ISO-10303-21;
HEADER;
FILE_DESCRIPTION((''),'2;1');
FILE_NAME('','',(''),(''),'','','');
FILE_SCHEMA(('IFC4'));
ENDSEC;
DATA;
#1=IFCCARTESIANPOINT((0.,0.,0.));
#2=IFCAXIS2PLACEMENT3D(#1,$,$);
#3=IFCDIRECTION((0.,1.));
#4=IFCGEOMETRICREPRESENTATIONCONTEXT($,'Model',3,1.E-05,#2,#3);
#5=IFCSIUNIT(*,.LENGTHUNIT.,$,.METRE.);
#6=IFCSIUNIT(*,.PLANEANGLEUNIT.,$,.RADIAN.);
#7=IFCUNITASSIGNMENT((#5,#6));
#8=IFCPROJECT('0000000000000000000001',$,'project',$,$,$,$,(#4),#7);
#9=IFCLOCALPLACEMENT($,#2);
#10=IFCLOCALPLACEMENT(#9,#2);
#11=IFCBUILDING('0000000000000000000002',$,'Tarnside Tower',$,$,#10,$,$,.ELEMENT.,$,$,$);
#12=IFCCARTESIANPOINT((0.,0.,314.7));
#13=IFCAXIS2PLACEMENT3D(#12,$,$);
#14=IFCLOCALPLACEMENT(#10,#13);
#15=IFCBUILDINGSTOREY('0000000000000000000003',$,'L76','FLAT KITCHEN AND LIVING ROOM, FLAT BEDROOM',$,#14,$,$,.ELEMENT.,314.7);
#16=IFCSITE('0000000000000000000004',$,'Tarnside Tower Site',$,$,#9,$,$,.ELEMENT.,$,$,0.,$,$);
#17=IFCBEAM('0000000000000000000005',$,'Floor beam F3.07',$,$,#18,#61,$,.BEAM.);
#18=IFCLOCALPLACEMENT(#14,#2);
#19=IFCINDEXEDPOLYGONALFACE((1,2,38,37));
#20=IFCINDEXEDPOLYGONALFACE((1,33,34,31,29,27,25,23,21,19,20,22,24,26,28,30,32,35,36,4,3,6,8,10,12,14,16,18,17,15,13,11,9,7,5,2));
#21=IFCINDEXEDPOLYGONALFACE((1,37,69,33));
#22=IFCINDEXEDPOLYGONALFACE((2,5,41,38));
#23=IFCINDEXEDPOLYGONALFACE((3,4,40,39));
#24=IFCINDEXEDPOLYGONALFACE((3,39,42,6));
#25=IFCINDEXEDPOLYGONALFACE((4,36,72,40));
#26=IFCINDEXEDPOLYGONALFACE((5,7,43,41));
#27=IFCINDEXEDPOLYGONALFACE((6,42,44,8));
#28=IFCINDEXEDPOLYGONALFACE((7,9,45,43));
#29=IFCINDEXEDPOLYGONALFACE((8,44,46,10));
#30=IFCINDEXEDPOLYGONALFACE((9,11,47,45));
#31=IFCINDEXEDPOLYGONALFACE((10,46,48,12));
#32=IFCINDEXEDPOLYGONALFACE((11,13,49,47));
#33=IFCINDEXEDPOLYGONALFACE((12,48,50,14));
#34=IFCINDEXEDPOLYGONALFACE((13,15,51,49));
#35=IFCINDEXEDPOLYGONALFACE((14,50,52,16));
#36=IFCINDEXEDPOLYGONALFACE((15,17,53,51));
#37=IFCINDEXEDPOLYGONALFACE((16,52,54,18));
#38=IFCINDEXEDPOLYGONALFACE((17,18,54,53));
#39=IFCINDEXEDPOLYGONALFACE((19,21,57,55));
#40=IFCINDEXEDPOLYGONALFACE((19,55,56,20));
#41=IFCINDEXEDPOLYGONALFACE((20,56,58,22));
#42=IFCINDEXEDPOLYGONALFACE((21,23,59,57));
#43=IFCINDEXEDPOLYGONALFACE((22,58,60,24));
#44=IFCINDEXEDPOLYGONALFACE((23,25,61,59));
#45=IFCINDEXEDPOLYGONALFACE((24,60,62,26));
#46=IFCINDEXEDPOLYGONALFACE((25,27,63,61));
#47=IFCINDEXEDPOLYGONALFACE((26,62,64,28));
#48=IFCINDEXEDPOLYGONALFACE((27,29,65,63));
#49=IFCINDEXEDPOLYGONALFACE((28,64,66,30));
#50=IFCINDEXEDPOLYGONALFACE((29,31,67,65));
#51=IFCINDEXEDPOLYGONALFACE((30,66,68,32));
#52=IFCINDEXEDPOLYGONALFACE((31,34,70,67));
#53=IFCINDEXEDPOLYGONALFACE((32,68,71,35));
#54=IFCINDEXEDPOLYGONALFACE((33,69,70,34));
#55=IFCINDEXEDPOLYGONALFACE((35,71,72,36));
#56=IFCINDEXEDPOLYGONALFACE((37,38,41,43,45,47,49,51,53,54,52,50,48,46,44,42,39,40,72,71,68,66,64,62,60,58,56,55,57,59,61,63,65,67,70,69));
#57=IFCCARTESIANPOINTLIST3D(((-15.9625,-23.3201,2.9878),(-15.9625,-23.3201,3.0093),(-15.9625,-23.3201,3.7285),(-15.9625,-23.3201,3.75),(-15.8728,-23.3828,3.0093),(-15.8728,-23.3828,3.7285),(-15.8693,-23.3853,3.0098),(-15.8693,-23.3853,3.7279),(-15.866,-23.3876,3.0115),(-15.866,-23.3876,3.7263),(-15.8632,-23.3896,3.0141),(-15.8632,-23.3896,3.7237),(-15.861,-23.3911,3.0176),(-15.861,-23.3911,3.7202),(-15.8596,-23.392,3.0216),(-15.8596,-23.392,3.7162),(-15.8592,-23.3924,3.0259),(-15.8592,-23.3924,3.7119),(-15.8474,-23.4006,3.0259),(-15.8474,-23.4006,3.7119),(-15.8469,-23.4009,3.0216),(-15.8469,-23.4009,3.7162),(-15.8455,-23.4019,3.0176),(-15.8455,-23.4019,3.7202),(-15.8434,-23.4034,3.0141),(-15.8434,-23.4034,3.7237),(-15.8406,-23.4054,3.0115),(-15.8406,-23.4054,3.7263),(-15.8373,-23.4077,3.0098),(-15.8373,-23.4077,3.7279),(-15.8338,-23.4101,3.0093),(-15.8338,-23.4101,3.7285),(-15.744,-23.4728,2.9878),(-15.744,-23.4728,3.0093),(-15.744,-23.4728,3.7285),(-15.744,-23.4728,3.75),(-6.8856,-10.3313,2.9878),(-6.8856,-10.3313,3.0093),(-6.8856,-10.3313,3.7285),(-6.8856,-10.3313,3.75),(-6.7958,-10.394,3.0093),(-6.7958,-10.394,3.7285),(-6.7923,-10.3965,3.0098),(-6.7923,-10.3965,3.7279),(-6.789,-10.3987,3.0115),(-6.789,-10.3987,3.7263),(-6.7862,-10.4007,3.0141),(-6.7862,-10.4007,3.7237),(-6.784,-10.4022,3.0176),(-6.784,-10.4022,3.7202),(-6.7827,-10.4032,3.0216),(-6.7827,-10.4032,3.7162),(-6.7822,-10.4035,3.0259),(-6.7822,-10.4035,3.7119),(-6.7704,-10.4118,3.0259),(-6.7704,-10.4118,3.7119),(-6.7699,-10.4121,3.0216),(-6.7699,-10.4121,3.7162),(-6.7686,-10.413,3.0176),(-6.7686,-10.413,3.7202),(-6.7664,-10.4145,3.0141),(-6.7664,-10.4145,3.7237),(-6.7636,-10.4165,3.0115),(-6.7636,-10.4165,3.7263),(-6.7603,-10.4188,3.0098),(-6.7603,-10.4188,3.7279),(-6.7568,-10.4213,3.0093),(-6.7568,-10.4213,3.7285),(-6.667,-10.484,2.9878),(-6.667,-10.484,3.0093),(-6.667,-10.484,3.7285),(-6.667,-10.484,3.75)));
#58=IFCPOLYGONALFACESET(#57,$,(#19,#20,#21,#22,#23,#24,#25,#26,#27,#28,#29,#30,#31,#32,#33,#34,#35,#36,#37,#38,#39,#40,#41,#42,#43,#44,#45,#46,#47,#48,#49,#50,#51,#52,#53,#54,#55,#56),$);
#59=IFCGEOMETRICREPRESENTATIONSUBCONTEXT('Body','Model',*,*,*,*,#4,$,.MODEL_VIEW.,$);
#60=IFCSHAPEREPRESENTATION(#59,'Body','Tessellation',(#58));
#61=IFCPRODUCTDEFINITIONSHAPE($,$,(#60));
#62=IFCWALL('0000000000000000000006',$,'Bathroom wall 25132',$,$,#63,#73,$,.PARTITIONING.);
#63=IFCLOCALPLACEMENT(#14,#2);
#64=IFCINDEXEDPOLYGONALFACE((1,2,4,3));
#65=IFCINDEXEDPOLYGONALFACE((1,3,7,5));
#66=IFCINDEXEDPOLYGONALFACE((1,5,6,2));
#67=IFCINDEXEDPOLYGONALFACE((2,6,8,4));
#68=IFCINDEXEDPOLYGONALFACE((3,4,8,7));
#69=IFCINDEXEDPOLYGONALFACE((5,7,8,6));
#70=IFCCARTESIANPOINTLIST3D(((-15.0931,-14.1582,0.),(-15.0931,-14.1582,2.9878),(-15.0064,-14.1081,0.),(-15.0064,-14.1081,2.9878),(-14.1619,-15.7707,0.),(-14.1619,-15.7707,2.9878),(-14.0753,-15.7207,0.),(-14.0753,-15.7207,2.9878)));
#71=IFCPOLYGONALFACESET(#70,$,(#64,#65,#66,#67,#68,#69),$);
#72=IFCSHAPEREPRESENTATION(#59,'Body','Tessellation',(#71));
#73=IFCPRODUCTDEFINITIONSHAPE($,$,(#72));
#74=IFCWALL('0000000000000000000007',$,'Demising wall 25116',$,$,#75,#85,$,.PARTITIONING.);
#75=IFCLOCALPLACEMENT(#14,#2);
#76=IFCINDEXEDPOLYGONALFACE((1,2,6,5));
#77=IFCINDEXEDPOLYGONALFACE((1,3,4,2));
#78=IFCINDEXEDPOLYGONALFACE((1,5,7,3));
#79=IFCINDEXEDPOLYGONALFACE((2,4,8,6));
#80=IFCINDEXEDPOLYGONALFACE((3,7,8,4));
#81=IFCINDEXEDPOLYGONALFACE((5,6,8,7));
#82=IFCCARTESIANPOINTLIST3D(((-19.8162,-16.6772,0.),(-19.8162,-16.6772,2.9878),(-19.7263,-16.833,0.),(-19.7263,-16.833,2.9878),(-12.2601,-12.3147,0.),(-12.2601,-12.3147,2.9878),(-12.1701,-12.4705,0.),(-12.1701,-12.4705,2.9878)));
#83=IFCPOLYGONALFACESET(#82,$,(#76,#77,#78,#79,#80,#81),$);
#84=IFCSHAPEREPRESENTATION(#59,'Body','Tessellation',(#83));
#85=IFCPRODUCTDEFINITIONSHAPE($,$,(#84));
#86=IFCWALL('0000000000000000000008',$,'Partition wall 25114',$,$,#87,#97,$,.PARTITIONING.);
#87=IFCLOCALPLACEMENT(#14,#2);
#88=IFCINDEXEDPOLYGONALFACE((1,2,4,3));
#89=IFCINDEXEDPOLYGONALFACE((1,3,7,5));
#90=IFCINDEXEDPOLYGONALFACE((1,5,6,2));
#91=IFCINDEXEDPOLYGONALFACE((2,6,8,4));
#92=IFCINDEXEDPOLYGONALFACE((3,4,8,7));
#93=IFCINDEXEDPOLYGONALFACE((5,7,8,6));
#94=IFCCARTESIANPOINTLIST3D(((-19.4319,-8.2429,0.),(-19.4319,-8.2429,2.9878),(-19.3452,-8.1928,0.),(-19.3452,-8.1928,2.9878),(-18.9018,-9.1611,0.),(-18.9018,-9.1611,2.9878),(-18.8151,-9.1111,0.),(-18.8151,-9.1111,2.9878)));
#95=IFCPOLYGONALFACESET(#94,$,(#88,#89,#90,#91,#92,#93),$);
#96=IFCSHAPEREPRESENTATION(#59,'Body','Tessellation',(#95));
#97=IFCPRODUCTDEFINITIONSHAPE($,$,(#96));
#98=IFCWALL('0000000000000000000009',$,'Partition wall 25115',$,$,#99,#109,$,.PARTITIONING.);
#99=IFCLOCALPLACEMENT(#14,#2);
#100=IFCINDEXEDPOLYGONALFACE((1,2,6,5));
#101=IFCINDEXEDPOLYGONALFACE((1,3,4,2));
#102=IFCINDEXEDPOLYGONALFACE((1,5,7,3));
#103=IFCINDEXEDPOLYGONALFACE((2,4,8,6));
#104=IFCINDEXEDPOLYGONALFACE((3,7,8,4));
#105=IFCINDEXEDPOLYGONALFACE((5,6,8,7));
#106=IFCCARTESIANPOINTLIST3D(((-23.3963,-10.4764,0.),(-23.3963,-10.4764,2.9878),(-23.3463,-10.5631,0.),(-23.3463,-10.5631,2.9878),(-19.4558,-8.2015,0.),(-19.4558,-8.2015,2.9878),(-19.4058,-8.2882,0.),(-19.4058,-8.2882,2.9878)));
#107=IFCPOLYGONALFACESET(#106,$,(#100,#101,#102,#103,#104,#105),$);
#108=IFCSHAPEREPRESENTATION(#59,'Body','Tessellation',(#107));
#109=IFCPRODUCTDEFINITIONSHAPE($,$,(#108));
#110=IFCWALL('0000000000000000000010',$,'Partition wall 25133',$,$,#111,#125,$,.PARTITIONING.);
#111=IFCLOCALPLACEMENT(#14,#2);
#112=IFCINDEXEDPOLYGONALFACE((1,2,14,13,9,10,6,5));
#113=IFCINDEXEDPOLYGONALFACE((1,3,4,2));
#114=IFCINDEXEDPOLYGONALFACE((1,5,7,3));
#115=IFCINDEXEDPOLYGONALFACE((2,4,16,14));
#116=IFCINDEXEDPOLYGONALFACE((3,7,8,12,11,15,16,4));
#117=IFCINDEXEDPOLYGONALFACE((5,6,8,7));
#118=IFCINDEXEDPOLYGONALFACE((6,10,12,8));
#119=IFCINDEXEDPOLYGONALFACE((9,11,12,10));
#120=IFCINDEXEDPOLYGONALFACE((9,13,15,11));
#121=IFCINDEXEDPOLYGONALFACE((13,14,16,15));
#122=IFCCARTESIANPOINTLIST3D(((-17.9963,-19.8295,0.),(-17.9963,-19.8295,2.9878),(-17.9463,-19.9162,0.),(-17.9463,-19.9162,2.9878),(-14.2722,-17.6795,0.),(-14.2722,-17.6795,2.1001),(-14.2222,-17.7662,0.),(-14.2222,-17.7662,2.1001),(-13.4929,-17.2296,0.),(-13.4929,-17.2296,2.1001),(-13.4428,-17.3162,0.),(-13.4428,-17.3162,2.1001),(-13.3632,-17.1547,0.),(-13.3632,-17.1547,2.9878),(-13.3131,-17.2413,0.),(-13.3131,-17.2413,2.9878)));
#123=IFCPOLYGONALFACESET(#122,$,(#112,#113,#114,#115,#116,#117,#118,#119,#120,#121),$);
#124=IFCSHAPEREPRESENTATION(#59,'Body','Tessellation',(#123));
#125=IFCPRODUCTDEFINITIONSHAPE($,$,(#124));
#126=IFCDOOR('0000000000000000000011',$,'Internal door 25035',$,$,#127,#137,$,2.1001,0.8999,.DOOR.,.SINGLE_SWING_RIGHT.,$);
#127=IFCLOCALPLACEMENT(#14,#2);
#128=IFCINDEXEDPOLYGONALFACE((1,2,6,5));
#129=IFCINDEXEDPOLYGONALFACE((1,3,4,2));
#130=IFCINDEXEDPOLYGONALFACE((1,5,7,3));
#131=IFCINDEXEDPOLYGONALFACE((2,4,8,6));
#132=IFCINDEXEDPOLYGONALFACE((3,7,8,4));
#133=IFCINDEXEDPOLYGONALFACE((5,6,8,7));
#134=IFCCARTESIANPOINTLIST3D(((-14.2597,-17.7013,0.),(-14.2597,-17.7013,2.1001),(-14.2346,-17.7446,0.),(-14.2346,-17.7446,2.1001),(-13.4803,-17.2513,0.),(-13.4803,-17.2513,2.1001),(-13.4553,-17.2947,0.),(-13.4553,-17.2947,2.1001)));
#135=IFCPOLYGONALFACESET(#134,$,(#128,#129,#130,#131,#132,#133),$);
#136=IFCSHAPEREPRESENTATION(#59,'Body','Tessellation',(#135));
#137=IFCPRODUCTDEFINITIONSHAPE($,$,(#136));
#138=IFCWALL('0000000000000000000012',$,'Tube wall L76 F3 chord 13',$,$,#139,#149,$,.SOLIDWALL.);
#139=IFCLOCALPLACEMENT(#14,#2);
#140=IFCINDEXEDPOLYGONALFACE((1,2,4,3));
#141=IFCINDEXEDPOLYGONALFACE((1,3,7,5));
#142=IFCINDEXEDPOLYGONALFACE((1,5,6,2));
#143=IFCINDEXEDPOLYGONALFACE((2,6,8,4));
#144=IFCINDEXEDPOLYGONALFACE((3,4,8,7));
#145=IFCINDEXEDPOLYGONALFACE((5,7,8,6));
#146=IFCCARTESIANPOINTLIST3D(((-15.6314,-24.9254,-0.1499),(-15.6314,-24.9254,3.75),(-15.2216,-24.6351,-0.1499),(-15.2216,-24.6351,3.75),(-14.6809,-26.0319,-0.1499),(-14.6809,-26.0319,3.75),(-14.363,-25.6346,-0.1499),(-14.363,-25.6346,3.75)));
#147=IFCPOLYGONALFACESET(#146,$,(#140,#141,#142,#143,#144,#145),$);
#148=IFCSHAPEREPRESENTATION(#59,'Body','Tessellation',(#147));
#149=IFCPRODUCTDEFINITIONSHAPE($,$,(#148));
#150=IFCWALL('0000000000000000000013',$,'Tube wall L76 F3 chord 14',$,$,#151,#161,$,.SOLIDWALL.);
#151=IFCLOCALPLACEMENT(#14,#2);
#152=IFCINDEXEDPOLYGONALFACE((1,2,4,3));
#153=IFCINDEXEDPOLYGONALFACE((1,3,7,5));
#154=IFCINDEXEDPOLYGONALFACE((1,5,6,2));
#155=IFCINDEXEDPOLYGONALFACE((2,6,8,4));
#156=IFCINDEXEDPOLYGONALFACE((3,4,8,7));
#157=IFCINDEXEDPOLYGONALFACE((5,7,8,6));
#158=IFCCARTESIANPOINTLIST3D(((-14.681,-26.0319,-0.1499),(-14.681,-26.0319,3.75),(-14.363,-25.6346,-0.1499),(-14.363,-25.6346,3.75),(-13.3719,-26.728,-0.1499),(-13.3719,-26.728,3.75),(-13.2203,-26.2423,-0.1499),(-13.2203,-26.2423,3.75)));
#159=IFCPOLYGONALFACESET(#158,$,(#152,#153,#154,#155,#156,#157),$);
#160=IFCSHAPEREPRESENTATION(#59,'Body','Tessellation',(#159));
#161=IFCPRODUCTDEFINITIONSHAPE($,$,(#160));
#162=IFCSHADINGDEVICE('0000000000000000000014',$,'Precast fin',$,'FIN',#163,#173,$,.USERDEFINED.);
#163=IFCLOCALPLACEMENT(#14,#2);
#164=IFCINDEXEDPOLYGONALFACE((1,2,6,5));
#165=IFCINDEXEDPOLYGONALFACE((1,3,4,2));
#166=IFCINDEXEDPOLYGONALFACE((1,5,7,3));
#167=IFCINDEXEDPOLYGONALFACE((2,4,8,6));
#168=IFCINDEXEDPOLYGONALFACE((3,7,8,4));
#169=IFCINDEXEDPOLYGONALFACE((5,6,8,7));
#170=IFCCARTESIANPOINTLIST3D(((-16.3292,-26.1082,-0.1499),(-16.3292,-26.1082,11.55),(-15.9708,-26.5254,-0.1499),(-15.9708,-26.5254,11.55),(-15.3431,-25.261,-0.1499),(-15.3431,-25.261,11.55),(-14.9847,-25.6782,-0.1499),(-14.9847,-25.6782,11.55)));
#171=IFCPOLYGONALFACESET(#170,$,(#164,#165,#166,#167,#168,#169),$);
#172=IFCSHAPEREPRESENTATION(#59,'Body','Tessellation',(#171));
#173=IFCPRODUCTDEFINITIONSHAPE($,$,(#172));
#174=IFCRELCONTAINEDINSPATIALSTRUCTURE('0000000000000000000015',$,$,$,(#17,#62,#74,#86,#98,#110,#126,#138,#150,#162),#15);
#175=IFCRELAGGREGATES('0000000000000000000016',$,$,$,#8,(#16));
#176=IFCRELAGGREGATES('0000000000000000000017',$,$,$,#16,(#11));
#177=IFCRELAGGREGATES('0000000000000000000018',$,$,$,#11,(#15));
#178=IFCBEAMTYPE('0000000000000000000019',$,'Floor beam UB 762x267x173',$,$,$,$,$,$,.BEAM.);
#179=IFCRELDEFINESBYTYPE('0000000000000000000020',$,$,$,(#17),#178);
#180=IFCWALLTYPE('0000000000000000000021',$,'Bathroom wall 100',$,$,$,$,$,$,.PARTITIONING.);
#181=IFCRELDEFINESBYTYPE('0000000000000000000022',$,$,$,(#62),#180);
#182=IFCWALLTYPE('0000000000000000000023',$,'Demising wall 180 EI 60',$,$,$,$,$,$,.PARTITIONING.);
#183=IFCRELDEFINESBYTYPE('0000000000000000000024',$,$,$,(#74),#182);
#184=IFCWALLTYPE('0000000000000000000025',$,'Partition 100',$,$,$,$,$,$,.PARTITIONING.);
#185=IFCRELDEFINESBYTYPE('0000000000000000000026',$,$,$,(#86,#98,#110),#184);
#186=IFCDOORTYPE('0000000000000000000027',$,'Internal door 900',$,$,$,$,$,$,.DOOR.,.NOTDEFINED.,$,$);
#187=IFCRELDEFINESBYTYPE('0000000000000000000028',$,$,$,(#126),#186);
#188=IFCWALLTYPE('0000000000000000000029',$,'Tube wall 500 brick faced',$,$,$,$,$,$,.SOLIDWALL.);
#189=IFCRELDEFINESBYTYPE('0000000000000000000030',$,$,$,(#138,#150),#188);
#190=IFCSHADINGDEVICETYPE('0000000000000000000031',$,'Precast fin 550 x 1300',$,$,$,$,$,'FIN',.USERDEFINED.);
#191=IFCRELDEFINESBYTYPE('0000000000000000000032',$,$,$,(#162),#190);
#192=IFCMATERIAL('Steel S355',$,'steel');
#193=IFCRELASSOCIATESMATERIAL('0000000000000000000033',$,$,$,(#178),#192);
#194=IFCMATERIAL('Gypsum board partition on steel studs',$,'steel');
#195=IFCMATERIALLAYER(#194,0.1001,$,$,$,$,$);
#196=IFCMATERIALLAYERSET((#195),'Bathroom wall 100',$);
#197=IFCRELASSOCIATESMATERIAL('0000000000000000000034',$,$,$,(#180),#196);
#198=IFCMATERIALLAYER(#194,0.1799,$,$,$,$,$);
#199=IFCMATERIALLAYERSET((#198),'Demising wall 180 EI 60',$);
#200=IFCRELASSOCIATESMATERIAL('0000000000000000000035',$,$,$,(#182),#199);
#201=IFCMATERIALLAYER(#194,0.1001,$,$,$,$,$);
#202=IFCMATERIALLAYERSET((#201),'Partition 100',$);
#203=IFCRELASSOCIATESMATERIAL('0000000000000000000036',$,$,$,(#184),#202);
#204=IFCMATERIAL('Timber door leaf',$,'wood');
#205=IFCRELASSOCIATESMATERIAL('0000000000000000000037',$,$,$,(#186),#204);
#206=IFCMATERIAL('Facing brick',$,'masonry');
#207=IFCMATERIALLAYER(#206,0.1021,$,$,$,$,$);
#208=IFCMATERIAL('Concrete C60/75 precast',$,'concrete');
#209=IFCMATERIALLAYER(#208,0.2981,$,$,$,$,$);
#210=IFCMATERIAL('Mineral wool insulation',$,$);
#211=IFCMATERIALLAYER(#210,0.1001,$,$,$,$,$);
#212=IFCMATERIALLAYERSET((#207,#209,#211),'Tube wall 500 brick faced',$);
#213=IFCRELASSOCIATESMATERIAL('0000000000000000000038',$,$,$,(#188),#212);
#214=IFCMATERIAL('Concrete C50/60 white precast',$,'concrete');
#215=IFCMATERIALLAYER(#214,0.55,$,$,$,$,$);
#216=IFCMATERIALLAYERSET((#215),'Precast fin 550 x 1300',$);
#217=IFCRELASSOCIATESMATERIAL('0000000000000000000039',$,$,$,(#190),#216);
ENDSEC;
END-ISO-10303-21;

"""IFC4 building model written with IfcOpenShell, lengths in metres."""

from ifc_helpers import new_model, si_unit, direction, frame, frame_2d, origin, origin_2d, place, context, subcontext, project, spatial, polyline, rectangle, i_section, outline, extrude, material, layer, layer_set, material_profile, profile_set, type_object, element, fill, save


model = new_model("IFC4")

# Units and contexts
model_context = context("Model", 3, precision=1e-05, world=origin(), true_north=direction((0.0, 1.0)))
body_context = subcontext(model_context, "Body", "Model", "MODEL_VIEW")
ifc_project = project(units=[si_unit("LENGTHUNIT", "METRE"), si_unit("PLANEANGLEUNIT", "RADIAN")], contexts=[model_context])

# Site, building, storey
site_placement = place(None, origin())
site = spatial("IfcSite", under=ifc_project, at=site_placement, Name="Tarnside Tower Site", CompositionType="ELEMENT", RefElevation=0.0)
building_placement = place(site_placement, origin())
building = spatial("IfcBuilding", under=site, at=building_placement, Name="Tarnside Tower", CompositionType="ELEMENT")
storey_placement = place(building_placement, frame((0.0, 0.0, 314.7)))
storey = spatial("IfcBuildingStorey", under=building, at=storey_placement, Name="L76", Description="FLAT KITCHEN AND LIVING ROOM, FLAT BEDROOM", CompositionType="ELEMENT", Elevation=314.7)

# Beam
ifc_material_1 = material(Name="Steel S355", Category="steel")
ifc_material_profile_1 = material_profile(ifc_material_1, i_section(OverallWidth=0.2666, OverallDepth=0.7622, WebThickness=0.0144, FlangeThickness=0.0215, FilletRadius=0.0166, at=origin_2d()), Name="UB 762x267x173")
ifc_profile_set_1 = profile_set([ifc_material_profile_1], Name="Steel S355")
beam_type_1 = type_object("IfcBeamType", Name="Floor beam UB 762x267x173", PredefinedType="BEAM", material=ifc_profile_set_1)
beam_1_placement = place(storey_placement, frame((-15.8533, -23.3965, 3.3689), z_axis=(0.572817, 0.819683, 0.0), x_axis=(-0.819683, 0.572817, 0.0)))
element("IfcBeam", 1, at=beam_1_placement, inside=storey, type_object=beam_type_1, Name="Floor beam F3.07", PredefinedType="BEAM", context=body_context, shape_type="SweptSolid", body=[
    extrude(i_section(OverallWidth=0.2666, OverallDepth=0.7622, WebThickness=0.0144, FlangeThickness=0.0215, FilletRadius=0.0166, at=origin_2d()), origin(), (0.0, 0.0, 1.0), 15.8462),
])

# Walls
ifc_material_2 = material(Name="Gypsum board partition on steel studs", Category="steel")
ifc_layer_1 = layer(ifc_material_2, 0.1001)
ifc_layer_set_1 = layer_set([ifc_layer_1], Name="Bathroom wall 100")
wall_type_1 = type_object("IfcWallType", Name="Bathroom wall 100", PredefinedType="PARTITIONING", material=ifc_layer_set_1)
wall_1_placement = place(storey_placement, frame((-15.0498, -14.1331, 0.0), z_axis=(0.0, 0.0, 1.0), x_axis=(0.500059, -0.865991, 0.0)))
element("IfcWall", 2, at=wall_1_placement, inside=storey, type_object=wall_type_1, Name="Bathroom wall 25132", PredefinedType="PARTITIONING", context=body_context, shape_type="SweptSolid", body=[
    extrude(rectangle(XDim=1.8621, YDim=0.1001, at=frame_2d((0.9312, 0.0))), origin(), (0.0, 0.0, 1.0), 2.9878),
])
ifc_layer_2 = layer(ifc_material_2, 0.1799)
ifc_layer_set_2 = layer_set([ifc_layer_2], Name="Demising wall 180 EI 60")
wall_type_2 = type_object("IfcWallType", Name="Demising wall 180 EI 60", PredefinedType="PARTITIONING", material=ifc_layer_set_2)
wall_2_placement = place(storey_placement, frame((-19.7712, -16.7551, 0.0), z_axis=(0.0, 0.0, 1.0), x_axis=(0.866025, 0.5, 0.0)))
element("IfcWall", 3, at=wall_2_placement, inside=storey, type_object=wall_type_2, Name="Demising wall 25116", PredefinedType="PARTITIONING", context=body_context, shape_type="SweptSolid", body=[
    extrude(rectangle(XDim=8.7251, YDim=0.1799, at=frame_2d((4.3625, 0.0))), origin(), (0.0, 0.0, 1.0), 2.9878),
])
ifc_layer_3 = layer(ifc_material_2, 0.1001)
ifc_layer_set_3 = layer_set([ifc_layer_3], Name="Partition 100")
wall_type_3 = type_object("IfcWallType", Name="Partition 100", PredefinedType="PARTITIONING", material=ifc_layer_set_3)
wall_3_placement = place(storey_placement, frame((-18.8584, -9.1362, 0.0), z_axis=(0.0, 0.0, 1.0), x_axis=(-0.499928, 0.866067, 0.0)))
element("IfcWall", 4, at=wall_3_placement, inside=storey, type_object=wall_type_3, Name="Partition wall 25114", PredefinedType="PARTITIONING", context=body_context, shape_type="SweptSolid", body=[
    extrude(rectangle(XDim=1.0603, YDim=0.1001, at=frame_2d((0.5303, 0.0))), origin(), (0.0, 0.0, 1.0), 2.9878),
])
wall_4_placement = place(storey_placement, frame((-19.4309, -8.2449, 0.0), z_axis=(0.0, 0.0, 1.0), x_axis=(-0.866035, -0.499983, 0.0)))
element("IfcWall", 5, at=wall_4_placement, inside=storey, type_object=wall_type_3, Name="Partition wall 25115", PredefinedType="PARTITIONING", context=body_context, shape_type="SweptSolid", body=[
    extrude(rectangle(XDim=4.55, YDim=0.1001, at=frame_2d((2.2749, 0.0))), origin(), (0.0, 0.0, 1.0), 2.9878),
])

# Wall, opening, door
wall_5_placement = place(storey_placement, frame((-17.9712, -19.8728, 0.0), z_axis=(0.0, 0.0, 1.0), x_axis=(0.866033, 0.499987, 0.0)))
wall_5 = element("IfcWall", 6, at=wall_5_placement, inside=storey, type_object=wall_type_3, Name="Partition wall 25133", PredefinedType="PARTITIONING", context=body_context, shape_type="SweptSolid", body=[
    extrude(rectangle(XDim=5.3499, YDim=0.1001, at=frame_2d((2.6748, 0.0))), origin(), (0.0, 0.0, 1.0), 2.9878),
])
opening_placement = place(wall_5_placement, frame((4.3, 0.0, 0.0)))
opening = element("IfcOpeningElement", 7, at=opening_placement, cuts=wall_5, PredefinedType="OPENING", context=body_context, shape_type="SweptSolid", body=[
    extrude(rectangle(XDim=0.8999, YDim=2.1001, at=frame_2d((0.45, 1.05))), frame((0.0, 0.0601, 0.0), z_axis=(0.0, -1.0, 0.0), x_axis=(1.0, 0.0, 0.0)), (0.0, 0.0, 1.0), 0.1201),
])
ifc_material_3 = material(Name="Timber door leaf", Category="wood")
door_type = type_object("IfcDoorType", Name="Internal door 900", OperationType="NOTDEFINED", PredefinedType="DOOR", material=ifc_material_3)
door_placement = place(opening_placement, origin())
door = element("IfcDoor", 8, at=door_placement, inside=storey, type_object=door_type, Name="Internal door 25035", OperationType="SINGLE_SWING_RIGHT", OverallHeight=2.1001, OverallWidth=0.8999, PredefinedType="DOOR", context=body_context, shape_type="SweptSolid", body=[
    extrude(rectangle(XDim=0.8999, YDim=2.1001, at=frame_2d((0.45, 1.05))), frame((0.0, 0.0249, 0.0), z_axis=(0.0, -1.0, 0.0), x_axis=(1.0, 0.0, 0.0)), (0.0, 0.0, 1.0), 0.05),
])
fill(opening, door)

# Walls
ifc_material_4 = material(Name="Facing brick", Category="masonry")
ifc_layer_4 = layer(ifc_material_4, 0.1021)
ifc_material_5 = material(Name="Concrete C60/75 precast", Category="concrete")
ifc_layer_5 = layer(ifc_material_5, 0.2981)
ifc_material_6 = material(Name="Mineral wool insulation")
ifc_layer_6 = layer(ifc_material_6, 0.1001)
ifc_layer_set_4 = layer_set([ifc_layer_4, ifc_layer_5, ifc_layer_6], Name="Tube wall 500 brick faced")
wall_type_4 = type_object("IfcWallType", Name="Tube wall 500 brick faced", PredefinedType="SOLIDWALL", material=ifc_layer_set_4)
wall_6_placement = place(storey_placement, frame((-15.4265, -24.7803, -0.1499), z_axis=(0.0, 0.0, 1.0), x_axis=(0.651617, -0.758549, 0.0)))
element("IfcWall", 9, at=wall_6_placement, inside=storey, type_object=wall_type_4, Name="Tube wall L76 F3 chord 13", PredefinedType="SOLIDWALL", context=body_context, shape_type="SweptSolid", body=[
    extrude(outline(polyline([(-0.0234, -0.25), (1.4353, -0.25), (1.3411, 0.25), (0.0234, 0.25), (-0.0234, -0.25)])), origin(), (0.0, 0.0, 1.0), 3.8999),
])
wall_7_placement = place(storey_placement, frame((-14.522, -25.8333, -0.1499), z_axis=(0.0, 0.0, 1.0), x_axis=(0.882927, -0.469511, 0.0)))
element("IfcWall", 10, at=wall_7_placement, inside=storey, type_object=wall_type_4, Name="Tube wall L76 F3 chord 14", PredefinedType="SOLIDWALL", context=body_context, shape_type="SweptSolid", body=[
    extrude(outline(polyline([(-0.0471, -0.25), (1.4355, -0.25), (1.3413, 0.25), (0.0471, 0.25), (-0.0471, -0.25)])), origin(), (0.0, 0.0, 1.0), 3.8999),
])

# Shading device
ifc_material_7 = material(Name="Concrete C50/60 white precast", Category="concrete")
ifc_layer_7 = layer(ifc_material_7, 0.55)
ifc_layer_set_5 = layer_set([ifc_layer_7], Name="Precast fin 550 x 1300")
shading_device_type_1 = type_object("IfcShadingDeviceType", Name="Precast fin 550 x 1300", ElementType="FIN", PredefinedType="USERDEFINED", material=ifc_layer_set_5)
shading_device_placement = place(storey_placement, frame((-15.1638, -25.4697, -0.1499), z_axis=(-0.651657, 0.758514, 0.0), x_axis=(-0.758514, -0.651657, 0.0)))
element("IfcShadingDevice", 11, at=shading_device_placement, inside=storey, type_object=shading_device_type_1, Name="Precast fin", ObjectType="FIN", PredefinedType="USERDEFINED", context=body_context, shape_type="SweptSolid", body=[
    extrude(outline(polyline([(0.0, 0.0), (1.3, 0.0), (1.3, 11.7), (0.0, 11.7), (0.0, 0.0)])), frame((0.0, 0.0, -0.2749)), (0.0, 0.0, 1.0), 0.55),
])

save(model, "model.ifc")
